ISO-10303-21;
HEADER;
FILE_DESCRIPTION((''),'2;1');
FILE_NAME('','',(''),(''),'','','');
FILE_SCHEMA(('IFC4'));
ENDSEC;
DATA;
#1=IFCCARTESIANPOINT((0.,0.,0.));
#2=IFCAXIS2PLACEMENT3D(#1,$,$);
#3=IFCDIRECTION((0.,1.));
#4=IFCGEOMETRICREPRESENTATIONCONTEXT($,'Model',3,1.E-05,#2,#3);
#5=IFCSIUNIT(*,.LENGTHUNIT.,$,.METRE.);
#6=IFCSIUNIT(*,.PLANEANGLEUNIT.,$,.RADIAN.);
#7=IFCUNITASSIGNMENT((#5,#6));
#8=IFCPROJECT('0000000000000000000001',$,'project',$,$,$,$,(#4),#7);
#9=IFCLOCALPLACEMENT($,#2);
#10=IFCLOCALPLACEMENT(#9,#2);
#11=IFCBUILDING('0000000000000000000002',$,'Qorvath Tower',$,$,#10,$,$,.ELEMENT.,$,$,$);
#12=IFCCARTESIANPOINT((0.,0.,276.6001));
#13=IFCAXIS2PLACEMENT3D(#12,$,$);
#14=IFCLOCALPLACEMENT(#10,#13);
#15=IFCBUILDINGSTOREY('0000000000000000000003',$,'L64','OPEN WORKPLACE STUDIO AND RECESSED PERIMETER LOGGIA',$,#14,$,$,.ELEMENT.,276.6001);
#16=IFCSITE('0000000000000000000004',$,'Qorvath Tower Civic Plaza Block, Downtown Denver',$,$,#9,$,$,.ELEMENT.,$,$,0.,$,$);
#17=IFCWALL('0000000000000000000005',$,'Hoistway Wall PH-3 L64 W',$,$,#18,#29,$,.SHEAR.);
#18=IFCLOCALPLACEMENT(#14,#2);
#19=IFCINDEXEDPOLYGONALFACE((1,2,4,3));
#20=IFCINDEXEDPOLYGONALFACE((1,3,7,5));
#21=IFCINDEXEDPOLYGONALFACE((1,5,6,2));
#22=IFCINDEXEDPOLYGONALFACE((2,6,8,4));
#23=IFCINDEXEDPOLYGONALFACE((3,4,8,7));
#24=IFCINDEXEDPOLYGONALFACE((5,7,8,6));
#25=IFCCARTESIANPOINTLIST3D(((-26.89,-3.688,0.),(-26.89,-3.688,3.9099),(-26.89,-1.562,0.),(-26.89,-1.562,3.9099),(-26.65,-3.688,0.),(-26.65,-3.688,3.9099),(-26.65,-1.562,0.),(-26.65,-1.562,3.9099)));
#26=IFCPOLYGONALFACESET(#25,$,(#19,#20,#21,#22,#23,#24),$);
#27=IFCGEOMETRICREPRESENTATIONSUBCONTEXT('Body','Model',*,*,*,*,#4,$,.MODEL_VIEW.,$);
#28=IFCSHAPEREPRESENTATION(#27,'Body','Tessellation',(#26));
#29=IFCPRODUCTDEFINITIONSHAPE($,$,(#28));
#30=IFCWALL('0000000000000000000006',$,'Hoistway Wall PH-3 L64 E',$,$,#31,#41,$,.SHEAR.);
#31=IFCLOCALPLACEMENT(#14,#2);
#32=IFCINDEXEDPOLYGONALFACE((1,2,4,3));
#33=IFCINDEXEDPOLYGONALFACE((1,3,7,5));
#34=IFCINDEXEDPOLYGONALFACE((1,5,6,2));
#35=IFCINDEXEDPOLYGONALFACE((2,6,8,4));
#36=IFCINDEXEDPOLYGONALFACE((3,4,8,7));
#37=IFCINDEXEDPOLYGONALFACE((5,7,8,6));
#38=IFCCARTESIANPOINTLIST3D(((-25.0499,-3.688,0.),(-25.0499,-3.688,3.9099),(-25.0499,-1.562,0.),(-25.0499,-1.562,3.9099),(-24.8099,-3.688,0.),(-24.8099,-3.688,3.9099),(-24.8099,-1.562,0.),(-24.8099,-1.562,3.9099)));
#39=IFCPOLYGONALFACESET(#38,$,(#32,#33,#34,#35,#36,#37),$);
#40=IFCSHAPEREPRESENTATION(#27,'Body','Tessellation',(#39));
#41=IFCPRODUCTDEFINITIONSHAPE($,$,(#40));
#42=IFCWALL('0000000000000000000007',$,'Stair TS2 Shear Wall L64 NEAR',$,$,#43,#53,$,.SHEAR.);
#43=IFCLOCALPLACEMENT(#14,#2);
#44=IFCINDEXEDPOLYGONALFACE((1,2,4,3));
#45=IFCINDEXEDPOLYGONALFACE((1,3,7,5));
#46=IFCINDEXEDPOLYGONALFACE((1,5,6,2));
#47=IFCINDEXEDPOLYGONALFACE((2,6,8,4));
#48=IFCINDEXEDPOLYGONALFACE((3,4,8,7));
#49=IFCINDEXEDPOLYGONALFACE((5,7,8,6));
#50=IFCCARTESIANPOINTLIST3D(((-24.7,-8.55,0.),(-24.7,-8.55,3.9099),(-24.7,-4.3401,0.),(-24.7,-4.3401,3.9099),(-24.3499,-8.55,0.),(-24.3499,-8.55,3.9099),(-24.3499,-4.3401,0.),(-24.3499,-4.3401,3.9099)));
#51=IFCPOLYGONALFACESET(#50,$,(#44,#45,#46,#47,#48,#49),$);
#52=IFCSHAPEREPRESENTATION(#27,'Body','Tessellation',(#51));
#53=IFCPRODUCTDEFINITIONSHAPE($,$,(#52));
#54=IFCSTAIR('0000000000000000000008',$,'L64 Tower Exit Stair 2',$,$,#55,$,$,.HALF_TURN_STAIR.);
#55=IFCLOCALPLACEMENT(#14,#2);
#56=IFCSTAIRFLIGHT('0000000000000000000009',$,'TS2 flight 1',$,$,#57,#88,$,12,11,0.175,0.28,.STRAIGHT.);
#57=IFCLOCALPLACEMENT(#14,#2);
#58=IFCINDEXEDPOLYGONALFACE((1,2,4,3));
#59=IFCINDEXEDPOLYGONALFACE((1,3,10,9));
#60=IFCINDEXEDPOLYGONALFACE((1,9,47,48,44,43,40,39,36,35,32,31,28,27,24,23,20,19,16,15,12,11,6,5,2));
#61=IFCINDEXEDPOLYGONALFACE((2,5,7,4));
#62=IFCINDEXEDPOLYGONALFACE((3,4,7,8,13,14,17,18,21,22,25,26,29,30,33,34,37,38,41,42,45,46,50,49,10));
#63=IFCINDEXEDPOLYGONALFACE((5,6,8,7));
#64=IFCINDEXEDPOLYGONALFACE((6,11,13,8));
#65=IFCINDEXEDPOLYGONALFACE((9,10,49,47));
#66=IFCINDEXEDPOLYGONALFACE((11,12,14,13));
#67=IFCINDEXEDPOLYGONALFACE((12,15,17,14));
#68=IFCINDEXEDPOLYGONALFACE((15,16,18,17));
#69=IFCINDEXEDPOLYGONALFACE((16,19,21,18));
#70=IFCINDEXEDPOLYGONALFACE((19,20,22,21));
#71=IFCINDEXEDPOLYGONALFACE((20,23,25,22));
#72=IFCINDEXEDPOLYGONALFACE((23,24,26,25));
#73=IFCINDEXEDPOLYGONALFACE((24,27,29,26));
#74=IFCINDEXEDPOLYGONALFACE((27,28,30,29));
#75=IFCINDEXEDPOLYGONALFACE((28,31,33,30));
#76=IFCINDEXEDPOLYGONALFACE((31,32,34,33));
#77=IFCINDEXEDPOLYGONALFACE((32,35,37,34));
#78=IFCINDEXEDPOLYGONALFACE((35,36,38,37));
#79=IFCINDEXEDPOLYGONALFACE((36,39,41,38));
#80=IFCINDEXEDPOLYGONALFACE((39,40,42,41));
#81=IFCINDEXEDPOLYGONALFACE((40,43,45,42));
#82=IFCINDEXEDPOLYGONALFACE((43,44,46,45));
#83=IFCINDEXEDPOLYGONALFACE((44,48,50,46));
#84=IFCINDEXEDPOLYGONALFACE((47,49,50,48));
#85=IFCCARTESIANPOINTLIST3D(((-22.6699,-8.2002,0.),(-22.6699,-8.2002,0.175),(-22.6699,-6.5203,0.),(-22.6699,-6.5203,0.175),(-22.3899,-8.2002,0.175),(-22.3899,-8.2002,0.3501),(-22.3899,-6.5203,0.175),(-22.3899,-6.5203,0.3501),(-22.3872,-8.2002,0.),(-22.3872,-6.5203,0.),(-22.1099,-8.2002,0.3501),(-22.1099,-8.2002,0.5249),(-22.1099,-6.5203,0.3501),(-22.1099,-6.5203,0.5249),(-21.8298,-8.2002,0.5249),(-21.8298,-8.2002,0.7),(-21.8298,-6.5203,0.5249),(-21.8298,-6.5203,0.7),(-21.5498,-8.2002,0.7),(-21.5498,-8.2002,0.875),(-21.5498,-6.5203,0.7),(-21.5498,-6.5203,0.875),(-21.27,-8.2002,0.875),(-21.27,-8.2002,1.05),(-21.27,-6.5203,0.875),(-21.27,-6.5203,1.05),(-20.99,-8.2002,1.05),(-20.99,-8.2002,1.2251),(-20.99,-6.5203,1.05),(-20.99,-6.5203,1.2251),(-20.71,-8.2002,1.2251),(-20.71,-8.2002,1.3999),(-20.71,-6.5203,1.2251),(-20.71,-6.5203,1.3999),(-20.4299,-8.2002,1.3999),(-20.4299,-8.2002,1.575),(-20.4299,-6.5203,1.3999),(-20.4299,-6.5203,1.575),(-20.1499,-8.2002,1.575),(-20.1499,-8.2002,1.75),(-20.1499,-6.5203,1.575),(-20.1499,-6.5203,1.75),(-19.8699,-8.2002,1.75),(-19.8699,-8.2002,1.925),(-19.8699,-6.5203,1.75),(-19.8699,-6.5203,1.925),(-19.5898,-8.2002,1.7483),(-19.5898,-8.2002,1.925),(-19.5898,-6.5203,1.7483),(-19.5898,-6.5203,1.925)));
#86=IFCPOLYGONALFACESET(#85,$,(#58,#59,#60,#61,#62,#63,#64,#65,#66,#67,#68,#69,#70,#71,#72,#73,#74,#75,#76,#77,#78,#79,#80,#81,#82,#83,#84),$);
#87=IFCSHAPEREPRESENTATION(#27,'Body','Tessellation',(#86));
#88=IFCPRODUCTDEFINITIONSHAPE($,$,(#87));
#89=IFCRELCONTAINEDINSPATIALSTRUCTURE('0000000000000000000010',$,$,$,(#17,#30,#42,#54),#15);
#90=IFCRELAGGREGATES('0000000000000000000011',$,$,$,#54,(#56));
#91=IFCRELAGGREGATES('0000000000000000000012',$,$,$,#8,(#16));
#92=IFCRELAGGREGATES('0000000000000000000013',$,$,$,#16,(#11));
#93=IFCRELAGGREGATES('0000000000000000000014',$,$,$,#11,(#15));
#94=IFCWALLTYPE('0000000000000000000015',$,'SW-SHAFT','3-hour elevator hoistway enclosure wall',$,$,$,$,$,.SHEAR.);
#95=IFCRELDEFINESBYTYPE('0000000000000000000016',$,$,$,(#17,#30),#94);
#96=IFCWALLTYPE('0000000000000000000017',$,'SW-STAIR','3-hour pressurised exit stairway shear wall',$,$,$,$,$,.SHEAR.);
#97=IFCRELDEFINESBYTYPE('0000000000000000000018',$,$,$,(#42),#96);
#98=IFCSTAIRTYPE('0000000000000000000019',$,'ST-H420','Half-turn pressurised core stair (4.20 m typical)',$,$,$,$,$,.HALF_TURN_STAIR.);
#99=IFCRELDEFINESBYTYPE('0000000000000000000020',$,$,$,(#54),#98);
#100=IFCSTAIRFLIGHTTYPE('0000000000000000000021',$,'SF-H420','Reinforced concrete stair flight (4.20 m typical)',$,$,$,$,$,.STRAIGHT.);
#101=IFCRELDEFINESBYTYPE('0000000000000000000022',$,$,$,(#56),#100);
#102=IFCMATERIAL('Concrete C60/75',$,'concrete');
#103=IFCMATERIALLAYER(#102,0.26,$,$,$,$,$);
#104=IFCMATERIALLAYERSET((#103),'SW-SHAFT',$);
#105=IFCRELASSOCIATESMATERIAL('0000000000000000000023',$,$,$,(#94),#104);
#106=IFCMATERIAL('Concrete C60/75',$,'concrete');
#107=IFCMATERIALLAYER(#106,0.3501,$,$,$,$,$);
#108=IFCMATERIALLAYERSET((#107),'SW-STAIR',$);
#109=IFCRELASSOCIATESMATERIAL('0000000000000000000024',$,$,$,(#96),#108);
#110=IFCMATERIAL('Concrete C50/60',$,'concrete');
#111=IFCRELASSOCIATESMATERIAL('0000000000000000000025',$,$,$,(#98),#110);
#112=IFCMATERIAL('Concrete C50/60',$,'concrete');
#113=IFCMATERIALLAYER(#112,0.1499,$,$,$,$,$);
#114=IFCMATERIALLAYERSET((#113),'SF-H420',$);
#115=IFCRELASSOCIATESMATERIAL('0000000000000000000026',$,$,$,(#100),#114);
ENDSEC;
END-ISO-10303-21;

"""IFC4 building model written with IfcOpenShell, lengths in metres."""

from ifc_helpers import new_model, si_unit, direction, frame, frame_2d, origin, place, context, subcontext, project, spatial, polyline, rectangle, outline, extrude, material, layer, layer_set, type_object, element, aggregate, save


model = new_model("IFC4")

# Units and contexts
model_context = context("Model", 3, precision=1e-05, world=origin(), true_north=direction((0.0, 1.0)))
body_context = subcontext(model_context, "Body", "Model", "MODEL_VIEW")
ifc_project = project(units=[si_unit("LENGTHUNIT", "METRE"), si_unit("PLANEANGLEUNIT", "RADIAN")], contexts=[model_context])

# Site, building, storey
site_placement = place(None, origin())
site = spatial("IfcSite", under=ifc_project, at=site_placement, Name="Qorvath Tower Civic Plaza Block, Downtown Denver", CompositionType="ELEMENT", RefElevation=0.0)
building_placement = place(site_placement, origin())
building = spatial("IfcBuilding", under=site, at=building_placement, Name="Qorvath Tower", CompositionType="ELEMENT")
storey_placement = place(building_placement, frame((0.0, 0.0, 276.6001)))
storey = spatial("IfcBuildingStorey", under=building, at=storey_placement, Name="L64", Description="OPEN WORKPLACE STUDIO AND RECESSED PERIMETER LOGGIA", CompositionType="ELEMENT", Elevation=276.6001)

# Shared definitions
ifc_material_1 = material(Name="Concrete C60/75", Category="concrete")
ifc_layer_1 = layer(ifc_material_1, 0.26)
ifc_layer_set_1 = layer_set([ifc_layer_1], Name="SW-SHAFT")
wall_type_1 = type_object("IfcWallType", Name="SW-SHAFT", Description="3-hour elevator hoistway enclosure wall", PredefinedType="SHEAR", material=ifc_layer_set_1)

# Walls
for number, where, z_axis, x_axis, name in (
    (1, (-26.77, -3.688, 0.0), (0.0, 0.0, 1.0), (0.0, 1.0, 0.0), "Hoistway Wall PH-3 L64 W"),
    (2, (-24.9299, -1.562, 0.0), (0.0, 0.0, 1.0), (0.0, -1.0, 0.0), "Hoistway Wall PH-3 L64 E"),
):
    element("IfcWall", number, at=place(storey_placement, frame(where, z_axis=z_axis, x_axis=x_axis)), inside=storey, type_object=wall_type_1, Name=name, PredefinedType="SHEAR", context=body_context, shape_type="SweptSolid", body=[
        extrude(rectangle(XDim=2.126, YDim=0.24, at=frame_2d((1.063, 0.0))), origin(), (0.0, 0.0, 1.0), 3.9099),
    ])
ifc_material_2 = material(Name="Concrete C60/75", Category="concrete")
ifc_layer_2 = layer(ifc_material_2, 0.3501)
ifc_layer_set_2 = layer_set([ifc_layer_2], Name="SW-STAIR")
wall_type_2 = type_object("IfcWallType", Name="SW-STAIR", Description="3-hour pressurised exit stairway shear wall", PredefinedType="SHEAR", material=ifc_layer_set_2)
wall_1_placement = place(storey_placement, frame((-24.5249, -4.3401, 0.0), z_axis=(0.0, 0.0, 1.0), x_axis=(0.0, -1.0, 0.0)))
element("IfcWall", 3, at=wall_1_placement, inside=storey, type_object=wall_type_2, Name="Stair TS2 Shear Wall L64 NEAR", PredefinedType="SHEAR", context=body_context, shape_type="SweptSolid", body=[
    extrude(rectangle(XDim=4.21, YDim=0.3501, at=frame_2d((2.105, 0.0))), origin(), (0.0, 0.0, 1.0), 3.9099),
])

# Stair, stair flight
ifc_material_3 = material(Name="Concrete C50/60", Category="concrete")
stair_type = type_object("IfcStairType", Name="ST-H420", Description="Half-turn pressurised core stair (4.20 m typical)", PredefinedType="HALF_TURN_STAIR", material=ifc_material_3)
stair_placement = place(storey_placement, origin())
stair = element("IfcStair", 4, at=stair_placement, inside=storey, type_object=stair_type, Name="L64 Tower Exit Stair 2", PredefinedType="HALF_TURN_STAIR")
ifc_material_4 = material(Name="Concrete C50/60", Category="concrete")
ifc_layer_3 = layer(ifc_material_4, 0.1499)
ifc_layer_set_3 = layer_set([ifc_layer_3], Name="SF-H420")
stair_flight_type = type_object("IfcStairFlightType", Name="SF-H420", Description="Reinforced concrete stair flight (4.20 m typical)", PredefinedType="STRAIGHT", material=ifc_layer_set_3)
stair_flight_placement = place(storey_placement, frame((-22.6699, -7.3601, 0.0), z_axis=(0.0, 0.0, 1.0), x_axis=(1.0, 0.0, 0.0)))
stair_flight = element("IfcStairFlight", 5, at=stair_flight_placement, type_object=stair_flight_type, Name="TS2 flight 1", NumberOfRisers=12, NumberOfTreads=11, PredefinedType="STRAIGHT", RiserHeight=0.175, TreadLength=0.28, context=body_context, shape_type="SweptSolid", body=[
    extrude(outline(polyline([(0.0, 0.0), (0.0, 0.175), (0.28, 0.175), (0.28, 0.3501), (0.5601, 0.3501), (0.5601, 0.5249), (0.8401, 0.5249), (0.8401, 0.7), (1.1201, 0.7), (1.1201, 0.875), (1.3999, 0.875), (1.3999, 1.05), (1.6799, 1.05), (1.6799, 1.2251), (1.96, 1.2251), (1.96, 1.3999), (2.24, 1.3999), (2.24, 1.575), (2.52, 1.575), (2.52, 1.75), (2.8, 1.75), (2.8, 1.925), (3.0801, 1.925), (3.0801, 2.1001), (3.0801, 1.7483), (0.2827, 0.0), (0.0, 0.0)])), frame((0.0, 0.8398, 0.0), z_axis=(0.0, -1.0, 0.0), x_axis=(1.0, 0.0, 0.0)), (0.0, 0.0, 1.0), 1.6799),
])
aggregate(stair, [stair_flight])

save(model, "model.ifc")
